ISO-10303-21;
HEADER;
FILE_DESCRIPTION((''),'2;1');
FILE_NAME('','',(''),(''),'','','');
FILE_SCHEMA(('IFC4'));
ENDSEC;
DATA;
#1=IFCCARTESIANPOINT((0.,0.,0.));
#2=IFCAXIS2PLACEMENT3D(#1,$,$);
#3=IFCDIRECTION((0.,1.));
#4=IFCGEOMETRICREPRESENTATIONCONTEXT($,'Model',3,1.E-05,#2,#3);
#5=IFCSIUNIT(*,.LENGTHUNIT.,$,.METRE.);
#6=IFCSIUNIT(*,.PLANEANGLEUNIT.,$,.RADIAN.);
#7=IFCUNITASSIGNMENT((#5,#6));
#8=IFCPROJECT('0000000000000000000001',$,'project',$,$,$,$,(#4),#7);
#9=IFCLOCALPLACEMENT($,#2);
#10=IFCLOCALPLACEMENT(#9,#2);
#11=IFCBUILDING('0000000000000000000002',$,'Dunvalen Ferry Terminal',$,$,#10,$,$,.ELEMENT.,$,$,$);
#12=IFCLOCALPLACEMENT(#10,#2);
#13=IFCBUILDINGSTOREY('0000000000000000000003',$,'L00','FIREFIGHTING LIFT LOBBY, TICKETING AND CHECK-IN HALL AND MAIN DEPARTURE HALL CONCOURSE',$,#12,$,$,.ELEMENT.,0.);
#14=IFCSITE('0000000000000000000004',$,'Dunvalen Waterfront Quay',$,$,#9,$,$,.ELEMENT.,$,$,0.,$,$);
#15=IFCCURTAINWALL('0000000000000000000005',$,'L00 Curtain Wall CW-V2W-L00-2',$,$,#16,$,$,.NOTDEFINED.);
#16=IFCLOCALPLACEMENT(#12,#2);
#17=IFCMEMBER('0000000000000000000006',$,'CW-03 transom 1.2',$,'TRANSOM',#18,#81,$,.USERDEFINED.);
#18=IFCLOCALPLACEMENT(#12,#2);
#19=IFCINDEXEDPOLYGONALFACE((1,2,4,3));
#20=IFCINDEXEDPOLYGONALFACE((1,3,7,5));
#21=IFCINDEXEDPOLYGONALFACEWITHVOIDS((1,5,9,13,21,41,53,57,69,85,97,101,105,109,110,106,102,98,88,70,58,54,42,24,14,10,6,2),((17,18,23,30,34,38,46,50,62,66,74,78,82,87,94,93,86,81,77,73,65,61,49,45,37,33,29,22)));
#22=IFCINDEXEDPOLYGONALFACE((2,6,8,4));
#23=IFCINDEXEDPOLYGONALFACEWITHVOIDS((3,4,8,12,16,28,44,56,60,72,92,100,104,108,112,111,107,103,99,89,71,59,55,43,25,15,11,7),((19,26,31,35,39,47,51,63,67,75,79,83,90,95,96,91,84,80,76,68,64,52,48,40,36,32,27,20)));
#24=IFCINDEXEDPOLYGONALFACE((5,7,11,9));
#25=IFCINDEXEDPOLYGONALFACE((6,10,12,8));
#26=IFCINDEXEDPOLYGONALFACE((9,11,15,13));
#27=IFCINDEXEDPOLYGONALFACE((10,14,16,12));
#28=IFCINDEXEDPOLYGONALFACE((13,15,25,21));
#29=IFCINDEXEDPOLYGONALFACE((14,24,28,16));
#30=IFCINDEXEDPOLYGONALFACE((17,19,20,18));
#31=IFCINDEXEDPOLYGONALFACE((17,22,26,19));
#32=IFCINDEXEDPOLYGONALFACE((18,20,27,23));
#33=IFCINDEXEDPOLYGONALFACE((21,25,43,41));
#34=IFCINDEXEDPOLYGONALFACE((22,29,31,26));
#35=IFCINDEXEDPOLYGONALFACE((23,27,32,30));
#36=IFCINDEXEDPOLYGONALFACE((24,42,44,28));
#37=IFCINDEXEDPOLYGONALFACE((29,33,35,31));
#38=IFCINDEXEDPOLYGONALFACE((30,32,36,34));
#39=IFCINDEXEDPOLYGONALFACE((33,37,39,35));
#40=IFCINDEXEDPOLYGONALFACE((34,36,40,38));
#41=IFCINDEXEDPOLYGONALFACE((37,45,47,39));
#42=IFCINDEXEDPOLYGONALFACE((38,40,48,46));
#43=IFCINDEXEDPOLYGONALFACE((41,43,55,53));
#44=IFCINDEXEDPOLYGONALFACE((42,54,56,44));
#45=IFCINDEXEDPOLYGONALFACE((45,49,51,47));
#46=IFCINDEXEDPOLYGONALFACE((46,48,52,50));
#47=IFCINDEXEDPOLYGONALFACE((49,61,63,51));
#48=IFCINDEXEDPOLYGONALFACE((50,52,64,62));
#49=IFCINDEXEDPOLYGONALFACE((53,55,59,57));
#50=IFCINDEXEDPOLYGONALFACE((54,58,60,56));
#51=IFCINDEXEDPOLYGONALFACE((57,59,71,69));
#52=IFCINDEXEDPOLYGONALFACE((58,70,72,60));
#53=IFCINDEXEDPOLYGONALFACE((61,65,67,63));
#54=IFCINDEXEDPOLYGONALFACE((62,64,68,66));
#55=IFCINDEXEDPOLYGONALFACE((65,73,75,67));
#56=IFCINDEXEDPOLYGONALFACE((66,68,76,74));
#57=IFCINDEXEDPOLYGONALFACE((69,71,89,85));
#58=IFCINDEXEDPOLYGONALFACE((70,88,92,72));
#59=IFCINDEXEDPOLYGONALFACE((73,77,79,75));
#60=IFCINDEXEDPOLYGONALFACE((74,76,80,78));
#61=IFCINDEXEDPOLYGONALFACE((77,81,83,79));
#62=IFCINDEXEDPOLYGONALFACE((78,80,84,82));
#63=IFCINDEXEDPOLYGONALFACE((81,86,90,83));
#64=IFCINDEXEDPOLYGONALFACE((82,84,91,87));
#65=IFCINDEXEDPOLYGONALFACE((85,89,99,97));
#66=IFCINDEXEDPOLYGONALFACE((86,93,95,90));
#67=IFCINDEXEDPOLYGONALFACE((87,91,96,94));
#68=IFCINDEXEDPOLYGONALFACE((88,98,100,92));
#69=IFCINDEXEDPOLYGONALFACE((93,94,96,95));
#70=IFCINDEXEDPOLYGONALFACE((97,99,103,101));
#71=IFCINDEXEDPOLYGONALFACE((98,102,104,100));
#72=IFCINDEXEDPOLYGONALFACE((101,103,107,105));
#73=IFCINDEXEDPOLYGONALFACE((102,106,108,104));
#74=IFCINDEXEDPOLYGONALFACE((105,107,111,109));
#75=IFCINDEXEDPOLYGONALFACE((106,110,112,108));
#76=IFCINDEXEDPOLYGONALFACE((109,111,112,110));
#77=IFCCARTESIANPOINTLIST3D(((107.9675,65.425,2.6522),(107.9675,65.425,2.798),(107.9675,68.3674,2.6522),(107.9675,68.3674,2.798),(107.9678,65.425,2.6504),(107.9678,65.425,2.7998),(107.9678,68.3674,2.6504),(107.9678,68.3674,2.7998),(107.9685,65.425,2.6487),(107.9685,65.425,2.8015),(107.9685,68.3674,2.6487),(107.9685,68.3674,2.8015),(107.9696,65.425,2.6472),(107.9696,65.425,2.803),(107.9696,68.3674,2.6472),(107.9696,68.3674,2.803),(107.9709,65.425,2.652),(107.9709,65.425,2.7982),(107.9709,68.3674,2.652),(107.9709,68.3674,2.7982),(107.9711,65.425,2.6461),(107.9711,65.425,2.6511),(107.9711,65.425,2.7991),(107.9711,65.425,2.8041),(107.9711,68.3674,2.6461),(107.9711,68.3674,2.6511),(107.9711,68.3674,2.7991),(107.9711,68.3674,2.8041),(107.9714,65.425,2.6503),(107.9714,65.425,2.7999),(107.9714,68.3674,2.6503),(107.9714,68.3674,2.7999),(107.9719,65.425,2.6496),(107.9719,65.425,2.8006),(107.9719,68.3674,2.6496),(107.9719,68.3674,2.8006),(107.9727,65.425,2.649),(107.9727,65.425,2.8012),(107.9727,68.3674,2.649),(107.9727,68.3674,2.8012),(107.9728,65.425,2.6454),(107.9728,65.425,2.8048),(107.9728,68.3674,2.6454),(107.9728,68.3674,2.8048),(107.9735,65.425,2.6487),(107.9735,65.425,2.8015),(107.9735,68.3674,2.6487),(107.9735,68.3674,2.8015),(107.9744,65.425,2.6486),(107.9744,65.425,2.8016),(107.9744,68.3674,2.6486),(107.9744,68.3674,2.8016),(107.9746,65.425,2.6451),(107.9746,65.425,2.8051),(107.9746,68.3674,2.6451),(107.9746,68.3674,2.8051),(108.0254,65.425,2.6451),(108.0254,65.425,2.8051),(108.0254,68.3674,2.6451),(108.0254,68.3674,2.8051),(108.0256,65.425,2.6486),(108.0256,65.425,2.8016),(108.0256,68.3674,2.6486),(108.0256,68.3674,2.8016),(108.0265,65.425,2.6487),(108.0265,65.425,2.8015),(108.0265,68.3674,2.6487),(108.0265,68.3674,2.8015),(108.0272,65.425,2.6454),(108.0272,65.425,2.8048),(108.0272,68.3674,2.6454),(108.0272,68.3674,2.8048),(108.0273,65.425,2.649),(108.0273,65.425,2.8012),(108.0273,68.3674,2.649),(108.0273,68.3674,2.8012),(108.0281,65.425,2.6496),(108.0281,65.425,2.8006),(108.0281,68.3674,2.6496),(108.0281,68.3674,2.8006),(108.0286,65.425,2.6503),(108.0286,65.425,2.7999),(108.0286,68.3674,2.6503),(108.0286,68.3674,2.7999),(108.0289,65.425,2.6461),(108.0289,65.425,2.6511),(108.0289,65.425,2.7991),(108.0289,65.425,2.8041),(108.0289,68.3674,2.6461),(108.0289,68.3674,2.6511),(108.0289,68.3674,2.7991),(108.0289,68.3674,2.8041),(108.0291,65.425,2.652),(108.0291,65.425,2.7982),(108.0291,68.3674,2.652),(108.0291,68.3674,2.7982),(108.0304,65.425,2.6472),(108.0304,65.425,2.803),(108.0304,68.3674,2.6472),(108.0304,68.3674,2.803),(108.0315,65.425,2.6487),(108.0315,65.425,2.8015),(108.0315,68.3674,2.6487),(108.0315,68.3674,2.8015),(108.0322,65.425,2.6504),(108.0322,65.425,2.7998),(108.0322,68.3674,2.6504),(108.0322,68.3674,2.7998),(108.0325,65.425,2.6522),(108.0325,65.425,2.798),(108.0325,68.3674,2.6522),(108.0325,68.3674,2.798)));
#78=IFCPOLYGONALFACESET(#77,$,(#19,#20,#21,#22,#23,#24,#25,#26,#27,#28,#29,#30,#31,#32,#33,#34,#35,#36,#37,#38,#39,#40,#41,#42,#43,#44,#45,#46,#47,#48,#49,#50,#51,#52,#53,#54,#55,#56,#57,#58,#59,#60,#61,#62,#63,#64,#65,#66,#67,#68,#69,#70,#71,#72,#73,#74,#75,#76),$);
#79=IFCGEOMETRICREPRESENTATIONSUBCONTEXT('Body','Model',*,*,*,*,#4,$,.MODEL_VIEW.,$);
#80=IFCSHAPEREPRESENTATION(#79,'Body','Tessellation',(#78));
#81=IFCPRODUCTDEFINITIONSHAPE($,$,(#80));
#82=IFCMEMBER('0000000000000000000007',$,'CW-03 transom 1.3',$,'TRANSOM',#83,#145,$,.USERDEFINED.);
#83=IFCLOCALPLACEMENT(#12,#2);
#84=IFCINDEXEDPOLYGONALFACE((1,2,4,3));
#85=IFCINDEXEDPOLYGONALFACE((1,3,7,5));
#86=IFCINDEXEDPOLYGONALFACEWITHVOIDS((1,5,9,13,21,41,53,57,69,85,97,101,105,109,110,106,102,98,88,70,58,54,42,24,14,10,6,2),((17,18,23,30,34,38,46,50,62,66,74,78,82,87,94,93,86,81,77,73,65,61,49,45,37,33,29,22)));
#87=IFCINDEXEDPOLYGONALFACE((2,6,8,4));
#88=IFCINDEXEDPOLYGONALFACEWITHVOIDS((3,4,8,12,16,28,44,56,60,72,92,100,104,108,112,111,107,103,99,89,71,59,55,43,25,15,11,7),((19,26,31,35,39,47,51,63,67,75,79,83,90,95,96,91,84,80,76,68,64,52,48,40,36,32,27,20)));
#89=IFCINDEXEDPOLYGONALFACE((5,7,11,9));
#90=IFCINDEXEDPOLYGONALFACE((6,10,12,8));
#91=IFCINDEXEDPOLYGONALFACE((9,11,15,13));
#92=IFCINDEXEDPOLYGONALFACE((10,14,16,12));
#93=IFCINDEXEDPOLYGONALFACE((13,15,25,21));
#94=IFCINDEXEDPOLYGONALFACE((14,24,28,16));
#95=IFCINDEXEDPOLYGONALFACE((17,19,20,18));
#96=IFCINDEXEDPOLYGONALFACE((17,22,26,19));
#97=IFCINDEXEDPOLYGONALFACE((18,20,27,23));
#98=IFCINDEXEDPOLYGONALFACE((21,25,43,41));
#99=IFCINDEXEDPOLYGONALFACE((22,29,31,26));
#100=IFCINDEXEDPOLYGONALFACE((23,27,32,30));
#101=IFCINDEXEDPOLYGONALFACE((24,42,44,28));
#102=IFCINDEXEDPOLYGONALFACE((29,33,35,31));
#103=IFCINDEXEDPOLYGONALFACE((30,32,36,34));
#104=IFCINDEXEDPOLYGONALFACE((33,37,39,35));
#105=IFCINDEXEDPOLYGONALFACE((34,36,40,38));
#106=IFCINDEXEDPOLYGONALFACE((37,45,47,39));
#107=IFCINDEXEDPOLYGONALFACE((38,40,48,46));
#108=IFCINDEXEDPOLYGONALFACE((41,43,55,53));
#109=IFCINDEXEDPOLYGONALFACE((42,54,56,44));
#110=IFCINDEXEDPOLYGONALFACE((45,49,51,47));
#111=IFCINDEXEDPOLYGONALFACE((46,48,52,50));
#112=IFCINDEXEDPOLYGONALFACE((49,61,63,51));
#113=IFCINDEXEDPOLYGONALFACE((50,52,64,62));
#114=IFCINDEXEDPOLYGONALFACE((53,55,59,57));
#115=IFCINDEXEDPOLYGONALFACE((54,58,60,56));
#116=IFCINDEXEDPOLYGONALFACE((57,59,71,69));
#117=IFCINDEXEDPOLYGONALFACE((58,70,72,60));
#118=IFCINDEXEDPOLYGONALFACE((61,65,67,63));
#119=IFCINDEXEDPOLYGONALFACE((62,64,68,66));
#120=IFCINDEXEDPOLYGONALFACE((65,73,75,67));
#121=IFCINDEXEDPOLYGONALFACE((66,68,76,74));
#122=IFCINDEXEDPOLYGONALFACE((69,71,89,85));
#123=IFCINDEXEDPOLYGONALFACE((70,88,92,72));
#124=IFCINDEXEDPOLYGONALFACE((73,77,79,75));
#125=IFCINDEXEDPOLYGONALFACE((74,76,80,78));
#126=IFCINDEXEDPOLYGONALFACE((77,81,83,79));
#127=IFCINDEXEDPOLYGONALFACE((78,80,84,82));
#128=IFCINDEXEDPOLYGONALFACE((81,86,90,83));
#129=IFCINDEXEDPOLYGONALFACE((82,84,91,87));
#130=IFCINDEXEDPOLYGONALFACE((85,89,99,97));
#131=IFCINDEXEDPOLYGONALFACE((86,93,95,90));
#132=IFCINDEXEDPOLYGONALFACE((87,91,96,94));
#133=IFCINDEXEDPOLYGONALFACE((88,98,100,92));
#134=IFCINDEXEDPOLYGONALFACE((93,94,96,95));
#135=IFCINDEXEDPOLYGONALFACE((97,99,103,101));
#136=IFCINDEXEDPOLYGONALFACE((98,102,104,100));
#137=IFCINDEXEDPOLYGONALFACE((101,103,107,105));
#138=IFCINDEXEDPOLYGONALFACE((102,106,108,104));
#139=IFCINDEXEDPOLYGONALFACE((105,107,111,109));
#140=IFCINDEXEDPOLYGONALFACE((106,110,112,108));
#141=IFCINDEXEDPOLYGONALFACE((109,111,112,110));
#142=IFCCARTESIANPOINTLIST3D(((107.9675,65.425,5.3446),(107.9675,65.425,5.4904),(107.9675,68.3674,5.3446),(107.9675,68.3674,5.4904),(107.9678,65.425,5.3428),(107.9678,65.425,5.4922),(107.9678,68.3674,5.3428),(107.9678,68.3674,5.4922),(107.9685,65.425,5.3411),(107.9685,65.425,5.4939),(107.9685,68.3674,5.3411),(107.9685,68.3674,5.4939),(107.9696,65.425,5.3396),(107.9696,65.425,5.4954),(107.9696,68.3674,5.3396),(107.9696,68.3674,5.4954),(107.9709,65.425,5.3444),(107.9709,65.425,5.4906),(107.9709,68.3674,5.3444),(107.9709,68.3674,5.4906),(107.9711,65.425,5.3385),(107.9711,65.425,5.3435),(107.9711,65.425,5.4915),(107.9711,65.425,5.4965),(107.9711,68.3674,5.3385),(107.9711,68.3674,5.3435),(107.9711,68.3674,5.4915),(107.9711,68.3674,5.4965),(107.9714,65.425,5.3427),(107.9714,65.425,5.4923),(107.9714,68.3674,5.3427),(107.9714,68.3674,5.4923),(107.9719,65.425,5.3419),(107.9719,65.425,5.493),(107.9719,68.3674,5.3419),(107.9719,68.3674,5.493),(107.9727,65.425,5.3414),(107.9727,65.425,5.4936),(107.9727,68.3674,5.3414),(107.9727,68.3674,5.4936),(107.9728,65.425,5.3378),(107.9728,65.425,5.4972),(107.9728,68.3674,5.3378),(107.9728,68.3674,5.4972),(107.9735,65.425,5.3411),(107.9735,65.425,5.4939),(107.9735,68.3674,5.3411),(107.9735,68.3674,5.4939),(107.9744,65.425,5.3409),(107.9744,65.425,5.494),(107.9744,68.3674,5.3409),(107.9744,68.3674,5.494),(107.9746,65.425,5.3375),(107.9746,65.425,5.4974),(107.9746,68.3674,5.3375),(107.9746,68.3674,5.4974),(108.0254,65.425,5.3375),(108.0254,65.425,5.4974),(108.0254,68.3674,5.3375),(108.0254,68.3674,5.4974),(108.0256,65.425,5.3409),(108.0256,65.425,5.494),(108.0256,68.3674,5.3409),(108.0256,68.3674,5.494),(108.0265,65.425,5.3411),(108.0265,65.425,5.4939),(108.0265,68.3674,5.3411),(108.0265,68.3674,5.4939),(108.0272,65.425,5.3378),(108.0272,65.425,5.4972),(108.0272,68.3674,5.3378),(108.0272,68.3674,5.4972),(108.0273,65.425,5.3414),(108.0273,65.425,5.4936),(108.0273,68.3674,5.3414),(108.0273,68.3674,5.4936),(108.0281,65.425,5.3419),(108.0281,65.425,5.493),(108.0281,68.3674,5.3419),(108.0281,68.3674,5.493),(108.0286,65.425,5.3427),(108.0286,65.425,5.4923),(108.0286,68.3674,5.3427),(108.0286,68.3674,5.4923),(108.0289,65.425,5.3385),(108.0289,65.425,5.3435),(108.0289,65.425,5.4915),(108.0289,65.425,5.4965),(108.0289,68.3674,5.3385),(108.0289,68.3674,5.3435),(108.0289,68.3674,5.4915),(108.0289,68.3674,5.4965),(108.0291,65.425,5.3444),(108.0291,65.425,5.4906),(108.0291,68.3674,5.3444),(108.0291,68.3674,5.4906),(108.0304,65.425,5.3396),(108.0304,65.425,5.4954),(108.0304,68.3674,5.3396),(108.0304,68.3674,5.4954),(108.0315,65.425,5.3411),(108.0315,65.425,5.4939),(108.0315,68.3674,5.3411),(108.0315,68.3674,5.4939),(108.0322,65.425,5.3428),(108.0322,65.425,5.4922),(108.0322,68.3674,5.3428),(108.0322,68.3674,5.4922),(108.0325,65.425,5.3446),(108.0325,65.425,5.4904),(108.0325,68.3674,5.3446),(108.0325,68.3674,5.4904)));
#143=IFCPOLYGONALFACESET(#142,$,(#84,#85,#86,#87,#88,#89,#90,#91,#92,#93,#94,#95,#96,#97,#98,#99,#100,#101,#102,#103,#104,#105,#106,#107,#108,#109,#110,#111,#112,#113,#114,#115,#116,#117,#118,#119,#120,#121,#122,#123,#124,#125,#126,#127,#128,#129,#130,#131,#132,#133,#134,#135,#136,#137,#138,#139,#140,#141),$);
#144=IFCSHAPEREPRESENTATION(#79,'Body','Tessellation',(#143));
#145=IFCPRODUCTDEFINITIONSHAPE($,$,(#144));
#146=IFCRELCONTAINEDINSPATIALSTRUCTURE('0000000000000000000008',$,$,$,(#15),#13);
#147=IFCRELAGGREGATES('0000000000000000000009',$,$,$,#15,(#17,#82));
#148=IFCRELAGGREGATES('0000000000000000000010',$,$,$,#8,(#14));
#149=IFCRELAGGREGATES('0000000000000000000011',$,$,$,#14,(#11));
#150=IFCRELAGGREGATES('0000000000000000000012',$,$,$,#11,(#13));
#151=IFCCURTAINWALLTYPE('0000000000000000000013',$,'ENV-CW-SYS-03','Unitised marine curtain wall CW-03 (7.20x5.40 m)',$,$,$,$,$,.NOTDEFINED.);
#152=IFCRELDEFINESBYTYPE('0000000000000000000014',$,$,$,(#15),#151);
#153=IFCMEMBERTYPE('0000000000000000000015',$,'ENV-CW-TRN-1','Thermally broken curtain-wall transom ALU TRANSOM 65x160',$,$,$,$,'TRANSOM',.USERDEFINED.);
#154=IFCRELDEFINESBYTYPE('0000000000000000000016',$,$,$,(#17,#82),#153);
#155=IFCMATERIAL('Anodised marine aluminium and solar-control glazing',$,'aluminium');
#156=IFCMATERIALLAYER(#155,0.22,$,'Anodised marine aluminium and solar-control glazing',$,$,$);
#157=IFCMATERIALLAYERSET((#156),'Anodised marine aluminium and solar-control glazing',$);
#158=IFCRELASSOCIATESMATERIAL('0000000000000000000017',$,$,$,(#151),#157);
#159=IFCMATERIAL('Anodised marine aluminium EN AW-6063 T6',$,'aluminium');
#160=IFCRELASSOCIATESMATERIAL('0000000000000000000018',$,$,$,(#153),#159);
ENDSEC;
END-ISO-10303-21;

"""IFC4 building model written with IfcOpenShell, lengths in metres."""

from ifc_helpers import new_model, si_unit, direction, frame, origin, origin_2d, place, context, subcontext, project, spatial, hollow_rectangle, extrude, material, layer, layer_set, material_profile, profile_set, type_object, element, aggregate, save


model = new_model("IFC4")

# Units and contexts
model_context = context("Model", 3, precision=1e-05, world=origin(), true_north=direction((0.0, 1.0)))
body_context = subcontext(model_context, "Body", "Model", "MODEL_VIEW")
ifc_project = project(units=[si_unit("LENGTHUNIT", "METRE"), si_unit("PLANEANGLEUNIT", "RADIAN")], contexts=[model_context])

# Site, building, storey
site_placement = place(None, origin())
site = spatial("IfcSite", under=ifc_project, at=site_placement, Name="Dunvalen Waterfront Quay", CompositionType="ELEMENT", RefElevation=0.0)
building_placement = place(site_placement, origin())
building = spatial("IfcBuilding", under=site, at=building_placement, Name="Dunvalen Ferry Terminal", CompositionType="ELEMENT")
storey_placement = place(building_placement, origin())
storey = spatial("IfcBuildingStorey", under=building, at=storey_placement, Name="L00", Description="FIREFIGHTING LIFT LOBBY, TICKETING AND CHECK-IN HALL AND MAIN DEPARTURE HALL CONCOURSE", CompositionType="ELEMENT", Elevation=0.0)

# Curtain wall
ifc_material_1 = material(Name="Anodised marine aluminium and solar-control glazing", Category="aluminium")
ifc_layer_1 = layer(ifc_material_1, 0.22, Name="Anodised marine aluminium and solar-control glazing")
ifc_layer_set_1 = layer_set([ifc_layer_1], Name="Anodised marine aluminium and solar-control glazing")
curtain_wall_type = type_object("IfcCurtainWallType", Name="ENV-CW-SYS-03", Description="Unitised marine curtain wall CW-03 (7.20x5.40 m)", PredefinedType="NOTDEFINED", material=ifc_layer_set_1)
ifc_material_2 = material(Name="Anodised marine aluminium EN AW-6063 T6", Category="aluminium")
curtain_wall_1_placement = place(storey_placement, origin())
curtain_wall_1 = element("IfcCurtainWall", 1, at=curtain_wall_1_placement, inside=storey, type_object=curtain_wall_type, Name="L00 Curtain Wall CW-V2W-L00-2", PredefinedType="NOTDEFINED")

# Members
ifc_material_profile_1 = material_profile(ifc_material_2, hollow_rectangle(XDim=0.0649, YDim=0.1599, WallThickness=0.0034, InnerFilletRadius=0.0034, OuterFilletRadius=0.0071, at=origin_2d()), Name="Anodised marine aluminium EN AW-6063 T6")
ifc_profile_set_1 = profile_set([ifc_material_profile_1], Name="Anodised marine aluminium EN AW-6063 T6")
member_type_1 = type_object("IfcMemberType", Name="ENV-CW-TRN-1", Description="Thermally broken curtain-wall transom ALU TRANSOM 65x160", ElementType="TRANSOM", PredefinedType="USERDEFINED", material=ifc_profile_set_1)
member_1_placement = place(storey_placement, frame((108.0, 65.425, 2.7251), z_axis=(0.0, 1.0, 0.0), x_axis=(-1.0, 0.0, 0.0)))
member_1 = element("IfcMember", 2, at=member_1_placement, type_object=member_type_1, Name="CW-03 transom 1.2", ObjectType="TRANSOM", PredefinedType="USERDEFINED", context=body_context, shape_type="SweptSolid", body=[
    extrude(hollow_rectangle(XDim=0.0649, YDim=0.1599, WallThickness=0.0034, InnerFilletRadius=0.0034, OuterFilletRadius=0.0071, at=origin_2d()), origin(), (0.0, 0.0, 1.0), 2.9424),
])
member_2_placement = place(storey_placement, frame((108.0, 65.425, 5.4175), z_axis=(0.0, 1.0, 0.0), x_axis=(-1.0, 0.0, 0.0)))
member_2 = element("IfcMember", 3, at=member_2_placement, type_object=member_type_1, Name="CW-03 transom 1.3", ObjectType="TRANSOM", PredefinedType="USERDEFINED", context=body_context, shape_type="SweptSolid", body=[
    extrude(hollow_rectangle(XDim=0.0649, YDim=0.1599, WallThickness=0.0034, InnerFilletRadius=0.0034, OuterFilletRadius=0.0071, at=origin_2d()), origin(), (0.0, 0.0, 1.0), 2.9424),
])

aggregate(curtain_wall_1, [member_1, member_2])

save(model, "model.ifc")
